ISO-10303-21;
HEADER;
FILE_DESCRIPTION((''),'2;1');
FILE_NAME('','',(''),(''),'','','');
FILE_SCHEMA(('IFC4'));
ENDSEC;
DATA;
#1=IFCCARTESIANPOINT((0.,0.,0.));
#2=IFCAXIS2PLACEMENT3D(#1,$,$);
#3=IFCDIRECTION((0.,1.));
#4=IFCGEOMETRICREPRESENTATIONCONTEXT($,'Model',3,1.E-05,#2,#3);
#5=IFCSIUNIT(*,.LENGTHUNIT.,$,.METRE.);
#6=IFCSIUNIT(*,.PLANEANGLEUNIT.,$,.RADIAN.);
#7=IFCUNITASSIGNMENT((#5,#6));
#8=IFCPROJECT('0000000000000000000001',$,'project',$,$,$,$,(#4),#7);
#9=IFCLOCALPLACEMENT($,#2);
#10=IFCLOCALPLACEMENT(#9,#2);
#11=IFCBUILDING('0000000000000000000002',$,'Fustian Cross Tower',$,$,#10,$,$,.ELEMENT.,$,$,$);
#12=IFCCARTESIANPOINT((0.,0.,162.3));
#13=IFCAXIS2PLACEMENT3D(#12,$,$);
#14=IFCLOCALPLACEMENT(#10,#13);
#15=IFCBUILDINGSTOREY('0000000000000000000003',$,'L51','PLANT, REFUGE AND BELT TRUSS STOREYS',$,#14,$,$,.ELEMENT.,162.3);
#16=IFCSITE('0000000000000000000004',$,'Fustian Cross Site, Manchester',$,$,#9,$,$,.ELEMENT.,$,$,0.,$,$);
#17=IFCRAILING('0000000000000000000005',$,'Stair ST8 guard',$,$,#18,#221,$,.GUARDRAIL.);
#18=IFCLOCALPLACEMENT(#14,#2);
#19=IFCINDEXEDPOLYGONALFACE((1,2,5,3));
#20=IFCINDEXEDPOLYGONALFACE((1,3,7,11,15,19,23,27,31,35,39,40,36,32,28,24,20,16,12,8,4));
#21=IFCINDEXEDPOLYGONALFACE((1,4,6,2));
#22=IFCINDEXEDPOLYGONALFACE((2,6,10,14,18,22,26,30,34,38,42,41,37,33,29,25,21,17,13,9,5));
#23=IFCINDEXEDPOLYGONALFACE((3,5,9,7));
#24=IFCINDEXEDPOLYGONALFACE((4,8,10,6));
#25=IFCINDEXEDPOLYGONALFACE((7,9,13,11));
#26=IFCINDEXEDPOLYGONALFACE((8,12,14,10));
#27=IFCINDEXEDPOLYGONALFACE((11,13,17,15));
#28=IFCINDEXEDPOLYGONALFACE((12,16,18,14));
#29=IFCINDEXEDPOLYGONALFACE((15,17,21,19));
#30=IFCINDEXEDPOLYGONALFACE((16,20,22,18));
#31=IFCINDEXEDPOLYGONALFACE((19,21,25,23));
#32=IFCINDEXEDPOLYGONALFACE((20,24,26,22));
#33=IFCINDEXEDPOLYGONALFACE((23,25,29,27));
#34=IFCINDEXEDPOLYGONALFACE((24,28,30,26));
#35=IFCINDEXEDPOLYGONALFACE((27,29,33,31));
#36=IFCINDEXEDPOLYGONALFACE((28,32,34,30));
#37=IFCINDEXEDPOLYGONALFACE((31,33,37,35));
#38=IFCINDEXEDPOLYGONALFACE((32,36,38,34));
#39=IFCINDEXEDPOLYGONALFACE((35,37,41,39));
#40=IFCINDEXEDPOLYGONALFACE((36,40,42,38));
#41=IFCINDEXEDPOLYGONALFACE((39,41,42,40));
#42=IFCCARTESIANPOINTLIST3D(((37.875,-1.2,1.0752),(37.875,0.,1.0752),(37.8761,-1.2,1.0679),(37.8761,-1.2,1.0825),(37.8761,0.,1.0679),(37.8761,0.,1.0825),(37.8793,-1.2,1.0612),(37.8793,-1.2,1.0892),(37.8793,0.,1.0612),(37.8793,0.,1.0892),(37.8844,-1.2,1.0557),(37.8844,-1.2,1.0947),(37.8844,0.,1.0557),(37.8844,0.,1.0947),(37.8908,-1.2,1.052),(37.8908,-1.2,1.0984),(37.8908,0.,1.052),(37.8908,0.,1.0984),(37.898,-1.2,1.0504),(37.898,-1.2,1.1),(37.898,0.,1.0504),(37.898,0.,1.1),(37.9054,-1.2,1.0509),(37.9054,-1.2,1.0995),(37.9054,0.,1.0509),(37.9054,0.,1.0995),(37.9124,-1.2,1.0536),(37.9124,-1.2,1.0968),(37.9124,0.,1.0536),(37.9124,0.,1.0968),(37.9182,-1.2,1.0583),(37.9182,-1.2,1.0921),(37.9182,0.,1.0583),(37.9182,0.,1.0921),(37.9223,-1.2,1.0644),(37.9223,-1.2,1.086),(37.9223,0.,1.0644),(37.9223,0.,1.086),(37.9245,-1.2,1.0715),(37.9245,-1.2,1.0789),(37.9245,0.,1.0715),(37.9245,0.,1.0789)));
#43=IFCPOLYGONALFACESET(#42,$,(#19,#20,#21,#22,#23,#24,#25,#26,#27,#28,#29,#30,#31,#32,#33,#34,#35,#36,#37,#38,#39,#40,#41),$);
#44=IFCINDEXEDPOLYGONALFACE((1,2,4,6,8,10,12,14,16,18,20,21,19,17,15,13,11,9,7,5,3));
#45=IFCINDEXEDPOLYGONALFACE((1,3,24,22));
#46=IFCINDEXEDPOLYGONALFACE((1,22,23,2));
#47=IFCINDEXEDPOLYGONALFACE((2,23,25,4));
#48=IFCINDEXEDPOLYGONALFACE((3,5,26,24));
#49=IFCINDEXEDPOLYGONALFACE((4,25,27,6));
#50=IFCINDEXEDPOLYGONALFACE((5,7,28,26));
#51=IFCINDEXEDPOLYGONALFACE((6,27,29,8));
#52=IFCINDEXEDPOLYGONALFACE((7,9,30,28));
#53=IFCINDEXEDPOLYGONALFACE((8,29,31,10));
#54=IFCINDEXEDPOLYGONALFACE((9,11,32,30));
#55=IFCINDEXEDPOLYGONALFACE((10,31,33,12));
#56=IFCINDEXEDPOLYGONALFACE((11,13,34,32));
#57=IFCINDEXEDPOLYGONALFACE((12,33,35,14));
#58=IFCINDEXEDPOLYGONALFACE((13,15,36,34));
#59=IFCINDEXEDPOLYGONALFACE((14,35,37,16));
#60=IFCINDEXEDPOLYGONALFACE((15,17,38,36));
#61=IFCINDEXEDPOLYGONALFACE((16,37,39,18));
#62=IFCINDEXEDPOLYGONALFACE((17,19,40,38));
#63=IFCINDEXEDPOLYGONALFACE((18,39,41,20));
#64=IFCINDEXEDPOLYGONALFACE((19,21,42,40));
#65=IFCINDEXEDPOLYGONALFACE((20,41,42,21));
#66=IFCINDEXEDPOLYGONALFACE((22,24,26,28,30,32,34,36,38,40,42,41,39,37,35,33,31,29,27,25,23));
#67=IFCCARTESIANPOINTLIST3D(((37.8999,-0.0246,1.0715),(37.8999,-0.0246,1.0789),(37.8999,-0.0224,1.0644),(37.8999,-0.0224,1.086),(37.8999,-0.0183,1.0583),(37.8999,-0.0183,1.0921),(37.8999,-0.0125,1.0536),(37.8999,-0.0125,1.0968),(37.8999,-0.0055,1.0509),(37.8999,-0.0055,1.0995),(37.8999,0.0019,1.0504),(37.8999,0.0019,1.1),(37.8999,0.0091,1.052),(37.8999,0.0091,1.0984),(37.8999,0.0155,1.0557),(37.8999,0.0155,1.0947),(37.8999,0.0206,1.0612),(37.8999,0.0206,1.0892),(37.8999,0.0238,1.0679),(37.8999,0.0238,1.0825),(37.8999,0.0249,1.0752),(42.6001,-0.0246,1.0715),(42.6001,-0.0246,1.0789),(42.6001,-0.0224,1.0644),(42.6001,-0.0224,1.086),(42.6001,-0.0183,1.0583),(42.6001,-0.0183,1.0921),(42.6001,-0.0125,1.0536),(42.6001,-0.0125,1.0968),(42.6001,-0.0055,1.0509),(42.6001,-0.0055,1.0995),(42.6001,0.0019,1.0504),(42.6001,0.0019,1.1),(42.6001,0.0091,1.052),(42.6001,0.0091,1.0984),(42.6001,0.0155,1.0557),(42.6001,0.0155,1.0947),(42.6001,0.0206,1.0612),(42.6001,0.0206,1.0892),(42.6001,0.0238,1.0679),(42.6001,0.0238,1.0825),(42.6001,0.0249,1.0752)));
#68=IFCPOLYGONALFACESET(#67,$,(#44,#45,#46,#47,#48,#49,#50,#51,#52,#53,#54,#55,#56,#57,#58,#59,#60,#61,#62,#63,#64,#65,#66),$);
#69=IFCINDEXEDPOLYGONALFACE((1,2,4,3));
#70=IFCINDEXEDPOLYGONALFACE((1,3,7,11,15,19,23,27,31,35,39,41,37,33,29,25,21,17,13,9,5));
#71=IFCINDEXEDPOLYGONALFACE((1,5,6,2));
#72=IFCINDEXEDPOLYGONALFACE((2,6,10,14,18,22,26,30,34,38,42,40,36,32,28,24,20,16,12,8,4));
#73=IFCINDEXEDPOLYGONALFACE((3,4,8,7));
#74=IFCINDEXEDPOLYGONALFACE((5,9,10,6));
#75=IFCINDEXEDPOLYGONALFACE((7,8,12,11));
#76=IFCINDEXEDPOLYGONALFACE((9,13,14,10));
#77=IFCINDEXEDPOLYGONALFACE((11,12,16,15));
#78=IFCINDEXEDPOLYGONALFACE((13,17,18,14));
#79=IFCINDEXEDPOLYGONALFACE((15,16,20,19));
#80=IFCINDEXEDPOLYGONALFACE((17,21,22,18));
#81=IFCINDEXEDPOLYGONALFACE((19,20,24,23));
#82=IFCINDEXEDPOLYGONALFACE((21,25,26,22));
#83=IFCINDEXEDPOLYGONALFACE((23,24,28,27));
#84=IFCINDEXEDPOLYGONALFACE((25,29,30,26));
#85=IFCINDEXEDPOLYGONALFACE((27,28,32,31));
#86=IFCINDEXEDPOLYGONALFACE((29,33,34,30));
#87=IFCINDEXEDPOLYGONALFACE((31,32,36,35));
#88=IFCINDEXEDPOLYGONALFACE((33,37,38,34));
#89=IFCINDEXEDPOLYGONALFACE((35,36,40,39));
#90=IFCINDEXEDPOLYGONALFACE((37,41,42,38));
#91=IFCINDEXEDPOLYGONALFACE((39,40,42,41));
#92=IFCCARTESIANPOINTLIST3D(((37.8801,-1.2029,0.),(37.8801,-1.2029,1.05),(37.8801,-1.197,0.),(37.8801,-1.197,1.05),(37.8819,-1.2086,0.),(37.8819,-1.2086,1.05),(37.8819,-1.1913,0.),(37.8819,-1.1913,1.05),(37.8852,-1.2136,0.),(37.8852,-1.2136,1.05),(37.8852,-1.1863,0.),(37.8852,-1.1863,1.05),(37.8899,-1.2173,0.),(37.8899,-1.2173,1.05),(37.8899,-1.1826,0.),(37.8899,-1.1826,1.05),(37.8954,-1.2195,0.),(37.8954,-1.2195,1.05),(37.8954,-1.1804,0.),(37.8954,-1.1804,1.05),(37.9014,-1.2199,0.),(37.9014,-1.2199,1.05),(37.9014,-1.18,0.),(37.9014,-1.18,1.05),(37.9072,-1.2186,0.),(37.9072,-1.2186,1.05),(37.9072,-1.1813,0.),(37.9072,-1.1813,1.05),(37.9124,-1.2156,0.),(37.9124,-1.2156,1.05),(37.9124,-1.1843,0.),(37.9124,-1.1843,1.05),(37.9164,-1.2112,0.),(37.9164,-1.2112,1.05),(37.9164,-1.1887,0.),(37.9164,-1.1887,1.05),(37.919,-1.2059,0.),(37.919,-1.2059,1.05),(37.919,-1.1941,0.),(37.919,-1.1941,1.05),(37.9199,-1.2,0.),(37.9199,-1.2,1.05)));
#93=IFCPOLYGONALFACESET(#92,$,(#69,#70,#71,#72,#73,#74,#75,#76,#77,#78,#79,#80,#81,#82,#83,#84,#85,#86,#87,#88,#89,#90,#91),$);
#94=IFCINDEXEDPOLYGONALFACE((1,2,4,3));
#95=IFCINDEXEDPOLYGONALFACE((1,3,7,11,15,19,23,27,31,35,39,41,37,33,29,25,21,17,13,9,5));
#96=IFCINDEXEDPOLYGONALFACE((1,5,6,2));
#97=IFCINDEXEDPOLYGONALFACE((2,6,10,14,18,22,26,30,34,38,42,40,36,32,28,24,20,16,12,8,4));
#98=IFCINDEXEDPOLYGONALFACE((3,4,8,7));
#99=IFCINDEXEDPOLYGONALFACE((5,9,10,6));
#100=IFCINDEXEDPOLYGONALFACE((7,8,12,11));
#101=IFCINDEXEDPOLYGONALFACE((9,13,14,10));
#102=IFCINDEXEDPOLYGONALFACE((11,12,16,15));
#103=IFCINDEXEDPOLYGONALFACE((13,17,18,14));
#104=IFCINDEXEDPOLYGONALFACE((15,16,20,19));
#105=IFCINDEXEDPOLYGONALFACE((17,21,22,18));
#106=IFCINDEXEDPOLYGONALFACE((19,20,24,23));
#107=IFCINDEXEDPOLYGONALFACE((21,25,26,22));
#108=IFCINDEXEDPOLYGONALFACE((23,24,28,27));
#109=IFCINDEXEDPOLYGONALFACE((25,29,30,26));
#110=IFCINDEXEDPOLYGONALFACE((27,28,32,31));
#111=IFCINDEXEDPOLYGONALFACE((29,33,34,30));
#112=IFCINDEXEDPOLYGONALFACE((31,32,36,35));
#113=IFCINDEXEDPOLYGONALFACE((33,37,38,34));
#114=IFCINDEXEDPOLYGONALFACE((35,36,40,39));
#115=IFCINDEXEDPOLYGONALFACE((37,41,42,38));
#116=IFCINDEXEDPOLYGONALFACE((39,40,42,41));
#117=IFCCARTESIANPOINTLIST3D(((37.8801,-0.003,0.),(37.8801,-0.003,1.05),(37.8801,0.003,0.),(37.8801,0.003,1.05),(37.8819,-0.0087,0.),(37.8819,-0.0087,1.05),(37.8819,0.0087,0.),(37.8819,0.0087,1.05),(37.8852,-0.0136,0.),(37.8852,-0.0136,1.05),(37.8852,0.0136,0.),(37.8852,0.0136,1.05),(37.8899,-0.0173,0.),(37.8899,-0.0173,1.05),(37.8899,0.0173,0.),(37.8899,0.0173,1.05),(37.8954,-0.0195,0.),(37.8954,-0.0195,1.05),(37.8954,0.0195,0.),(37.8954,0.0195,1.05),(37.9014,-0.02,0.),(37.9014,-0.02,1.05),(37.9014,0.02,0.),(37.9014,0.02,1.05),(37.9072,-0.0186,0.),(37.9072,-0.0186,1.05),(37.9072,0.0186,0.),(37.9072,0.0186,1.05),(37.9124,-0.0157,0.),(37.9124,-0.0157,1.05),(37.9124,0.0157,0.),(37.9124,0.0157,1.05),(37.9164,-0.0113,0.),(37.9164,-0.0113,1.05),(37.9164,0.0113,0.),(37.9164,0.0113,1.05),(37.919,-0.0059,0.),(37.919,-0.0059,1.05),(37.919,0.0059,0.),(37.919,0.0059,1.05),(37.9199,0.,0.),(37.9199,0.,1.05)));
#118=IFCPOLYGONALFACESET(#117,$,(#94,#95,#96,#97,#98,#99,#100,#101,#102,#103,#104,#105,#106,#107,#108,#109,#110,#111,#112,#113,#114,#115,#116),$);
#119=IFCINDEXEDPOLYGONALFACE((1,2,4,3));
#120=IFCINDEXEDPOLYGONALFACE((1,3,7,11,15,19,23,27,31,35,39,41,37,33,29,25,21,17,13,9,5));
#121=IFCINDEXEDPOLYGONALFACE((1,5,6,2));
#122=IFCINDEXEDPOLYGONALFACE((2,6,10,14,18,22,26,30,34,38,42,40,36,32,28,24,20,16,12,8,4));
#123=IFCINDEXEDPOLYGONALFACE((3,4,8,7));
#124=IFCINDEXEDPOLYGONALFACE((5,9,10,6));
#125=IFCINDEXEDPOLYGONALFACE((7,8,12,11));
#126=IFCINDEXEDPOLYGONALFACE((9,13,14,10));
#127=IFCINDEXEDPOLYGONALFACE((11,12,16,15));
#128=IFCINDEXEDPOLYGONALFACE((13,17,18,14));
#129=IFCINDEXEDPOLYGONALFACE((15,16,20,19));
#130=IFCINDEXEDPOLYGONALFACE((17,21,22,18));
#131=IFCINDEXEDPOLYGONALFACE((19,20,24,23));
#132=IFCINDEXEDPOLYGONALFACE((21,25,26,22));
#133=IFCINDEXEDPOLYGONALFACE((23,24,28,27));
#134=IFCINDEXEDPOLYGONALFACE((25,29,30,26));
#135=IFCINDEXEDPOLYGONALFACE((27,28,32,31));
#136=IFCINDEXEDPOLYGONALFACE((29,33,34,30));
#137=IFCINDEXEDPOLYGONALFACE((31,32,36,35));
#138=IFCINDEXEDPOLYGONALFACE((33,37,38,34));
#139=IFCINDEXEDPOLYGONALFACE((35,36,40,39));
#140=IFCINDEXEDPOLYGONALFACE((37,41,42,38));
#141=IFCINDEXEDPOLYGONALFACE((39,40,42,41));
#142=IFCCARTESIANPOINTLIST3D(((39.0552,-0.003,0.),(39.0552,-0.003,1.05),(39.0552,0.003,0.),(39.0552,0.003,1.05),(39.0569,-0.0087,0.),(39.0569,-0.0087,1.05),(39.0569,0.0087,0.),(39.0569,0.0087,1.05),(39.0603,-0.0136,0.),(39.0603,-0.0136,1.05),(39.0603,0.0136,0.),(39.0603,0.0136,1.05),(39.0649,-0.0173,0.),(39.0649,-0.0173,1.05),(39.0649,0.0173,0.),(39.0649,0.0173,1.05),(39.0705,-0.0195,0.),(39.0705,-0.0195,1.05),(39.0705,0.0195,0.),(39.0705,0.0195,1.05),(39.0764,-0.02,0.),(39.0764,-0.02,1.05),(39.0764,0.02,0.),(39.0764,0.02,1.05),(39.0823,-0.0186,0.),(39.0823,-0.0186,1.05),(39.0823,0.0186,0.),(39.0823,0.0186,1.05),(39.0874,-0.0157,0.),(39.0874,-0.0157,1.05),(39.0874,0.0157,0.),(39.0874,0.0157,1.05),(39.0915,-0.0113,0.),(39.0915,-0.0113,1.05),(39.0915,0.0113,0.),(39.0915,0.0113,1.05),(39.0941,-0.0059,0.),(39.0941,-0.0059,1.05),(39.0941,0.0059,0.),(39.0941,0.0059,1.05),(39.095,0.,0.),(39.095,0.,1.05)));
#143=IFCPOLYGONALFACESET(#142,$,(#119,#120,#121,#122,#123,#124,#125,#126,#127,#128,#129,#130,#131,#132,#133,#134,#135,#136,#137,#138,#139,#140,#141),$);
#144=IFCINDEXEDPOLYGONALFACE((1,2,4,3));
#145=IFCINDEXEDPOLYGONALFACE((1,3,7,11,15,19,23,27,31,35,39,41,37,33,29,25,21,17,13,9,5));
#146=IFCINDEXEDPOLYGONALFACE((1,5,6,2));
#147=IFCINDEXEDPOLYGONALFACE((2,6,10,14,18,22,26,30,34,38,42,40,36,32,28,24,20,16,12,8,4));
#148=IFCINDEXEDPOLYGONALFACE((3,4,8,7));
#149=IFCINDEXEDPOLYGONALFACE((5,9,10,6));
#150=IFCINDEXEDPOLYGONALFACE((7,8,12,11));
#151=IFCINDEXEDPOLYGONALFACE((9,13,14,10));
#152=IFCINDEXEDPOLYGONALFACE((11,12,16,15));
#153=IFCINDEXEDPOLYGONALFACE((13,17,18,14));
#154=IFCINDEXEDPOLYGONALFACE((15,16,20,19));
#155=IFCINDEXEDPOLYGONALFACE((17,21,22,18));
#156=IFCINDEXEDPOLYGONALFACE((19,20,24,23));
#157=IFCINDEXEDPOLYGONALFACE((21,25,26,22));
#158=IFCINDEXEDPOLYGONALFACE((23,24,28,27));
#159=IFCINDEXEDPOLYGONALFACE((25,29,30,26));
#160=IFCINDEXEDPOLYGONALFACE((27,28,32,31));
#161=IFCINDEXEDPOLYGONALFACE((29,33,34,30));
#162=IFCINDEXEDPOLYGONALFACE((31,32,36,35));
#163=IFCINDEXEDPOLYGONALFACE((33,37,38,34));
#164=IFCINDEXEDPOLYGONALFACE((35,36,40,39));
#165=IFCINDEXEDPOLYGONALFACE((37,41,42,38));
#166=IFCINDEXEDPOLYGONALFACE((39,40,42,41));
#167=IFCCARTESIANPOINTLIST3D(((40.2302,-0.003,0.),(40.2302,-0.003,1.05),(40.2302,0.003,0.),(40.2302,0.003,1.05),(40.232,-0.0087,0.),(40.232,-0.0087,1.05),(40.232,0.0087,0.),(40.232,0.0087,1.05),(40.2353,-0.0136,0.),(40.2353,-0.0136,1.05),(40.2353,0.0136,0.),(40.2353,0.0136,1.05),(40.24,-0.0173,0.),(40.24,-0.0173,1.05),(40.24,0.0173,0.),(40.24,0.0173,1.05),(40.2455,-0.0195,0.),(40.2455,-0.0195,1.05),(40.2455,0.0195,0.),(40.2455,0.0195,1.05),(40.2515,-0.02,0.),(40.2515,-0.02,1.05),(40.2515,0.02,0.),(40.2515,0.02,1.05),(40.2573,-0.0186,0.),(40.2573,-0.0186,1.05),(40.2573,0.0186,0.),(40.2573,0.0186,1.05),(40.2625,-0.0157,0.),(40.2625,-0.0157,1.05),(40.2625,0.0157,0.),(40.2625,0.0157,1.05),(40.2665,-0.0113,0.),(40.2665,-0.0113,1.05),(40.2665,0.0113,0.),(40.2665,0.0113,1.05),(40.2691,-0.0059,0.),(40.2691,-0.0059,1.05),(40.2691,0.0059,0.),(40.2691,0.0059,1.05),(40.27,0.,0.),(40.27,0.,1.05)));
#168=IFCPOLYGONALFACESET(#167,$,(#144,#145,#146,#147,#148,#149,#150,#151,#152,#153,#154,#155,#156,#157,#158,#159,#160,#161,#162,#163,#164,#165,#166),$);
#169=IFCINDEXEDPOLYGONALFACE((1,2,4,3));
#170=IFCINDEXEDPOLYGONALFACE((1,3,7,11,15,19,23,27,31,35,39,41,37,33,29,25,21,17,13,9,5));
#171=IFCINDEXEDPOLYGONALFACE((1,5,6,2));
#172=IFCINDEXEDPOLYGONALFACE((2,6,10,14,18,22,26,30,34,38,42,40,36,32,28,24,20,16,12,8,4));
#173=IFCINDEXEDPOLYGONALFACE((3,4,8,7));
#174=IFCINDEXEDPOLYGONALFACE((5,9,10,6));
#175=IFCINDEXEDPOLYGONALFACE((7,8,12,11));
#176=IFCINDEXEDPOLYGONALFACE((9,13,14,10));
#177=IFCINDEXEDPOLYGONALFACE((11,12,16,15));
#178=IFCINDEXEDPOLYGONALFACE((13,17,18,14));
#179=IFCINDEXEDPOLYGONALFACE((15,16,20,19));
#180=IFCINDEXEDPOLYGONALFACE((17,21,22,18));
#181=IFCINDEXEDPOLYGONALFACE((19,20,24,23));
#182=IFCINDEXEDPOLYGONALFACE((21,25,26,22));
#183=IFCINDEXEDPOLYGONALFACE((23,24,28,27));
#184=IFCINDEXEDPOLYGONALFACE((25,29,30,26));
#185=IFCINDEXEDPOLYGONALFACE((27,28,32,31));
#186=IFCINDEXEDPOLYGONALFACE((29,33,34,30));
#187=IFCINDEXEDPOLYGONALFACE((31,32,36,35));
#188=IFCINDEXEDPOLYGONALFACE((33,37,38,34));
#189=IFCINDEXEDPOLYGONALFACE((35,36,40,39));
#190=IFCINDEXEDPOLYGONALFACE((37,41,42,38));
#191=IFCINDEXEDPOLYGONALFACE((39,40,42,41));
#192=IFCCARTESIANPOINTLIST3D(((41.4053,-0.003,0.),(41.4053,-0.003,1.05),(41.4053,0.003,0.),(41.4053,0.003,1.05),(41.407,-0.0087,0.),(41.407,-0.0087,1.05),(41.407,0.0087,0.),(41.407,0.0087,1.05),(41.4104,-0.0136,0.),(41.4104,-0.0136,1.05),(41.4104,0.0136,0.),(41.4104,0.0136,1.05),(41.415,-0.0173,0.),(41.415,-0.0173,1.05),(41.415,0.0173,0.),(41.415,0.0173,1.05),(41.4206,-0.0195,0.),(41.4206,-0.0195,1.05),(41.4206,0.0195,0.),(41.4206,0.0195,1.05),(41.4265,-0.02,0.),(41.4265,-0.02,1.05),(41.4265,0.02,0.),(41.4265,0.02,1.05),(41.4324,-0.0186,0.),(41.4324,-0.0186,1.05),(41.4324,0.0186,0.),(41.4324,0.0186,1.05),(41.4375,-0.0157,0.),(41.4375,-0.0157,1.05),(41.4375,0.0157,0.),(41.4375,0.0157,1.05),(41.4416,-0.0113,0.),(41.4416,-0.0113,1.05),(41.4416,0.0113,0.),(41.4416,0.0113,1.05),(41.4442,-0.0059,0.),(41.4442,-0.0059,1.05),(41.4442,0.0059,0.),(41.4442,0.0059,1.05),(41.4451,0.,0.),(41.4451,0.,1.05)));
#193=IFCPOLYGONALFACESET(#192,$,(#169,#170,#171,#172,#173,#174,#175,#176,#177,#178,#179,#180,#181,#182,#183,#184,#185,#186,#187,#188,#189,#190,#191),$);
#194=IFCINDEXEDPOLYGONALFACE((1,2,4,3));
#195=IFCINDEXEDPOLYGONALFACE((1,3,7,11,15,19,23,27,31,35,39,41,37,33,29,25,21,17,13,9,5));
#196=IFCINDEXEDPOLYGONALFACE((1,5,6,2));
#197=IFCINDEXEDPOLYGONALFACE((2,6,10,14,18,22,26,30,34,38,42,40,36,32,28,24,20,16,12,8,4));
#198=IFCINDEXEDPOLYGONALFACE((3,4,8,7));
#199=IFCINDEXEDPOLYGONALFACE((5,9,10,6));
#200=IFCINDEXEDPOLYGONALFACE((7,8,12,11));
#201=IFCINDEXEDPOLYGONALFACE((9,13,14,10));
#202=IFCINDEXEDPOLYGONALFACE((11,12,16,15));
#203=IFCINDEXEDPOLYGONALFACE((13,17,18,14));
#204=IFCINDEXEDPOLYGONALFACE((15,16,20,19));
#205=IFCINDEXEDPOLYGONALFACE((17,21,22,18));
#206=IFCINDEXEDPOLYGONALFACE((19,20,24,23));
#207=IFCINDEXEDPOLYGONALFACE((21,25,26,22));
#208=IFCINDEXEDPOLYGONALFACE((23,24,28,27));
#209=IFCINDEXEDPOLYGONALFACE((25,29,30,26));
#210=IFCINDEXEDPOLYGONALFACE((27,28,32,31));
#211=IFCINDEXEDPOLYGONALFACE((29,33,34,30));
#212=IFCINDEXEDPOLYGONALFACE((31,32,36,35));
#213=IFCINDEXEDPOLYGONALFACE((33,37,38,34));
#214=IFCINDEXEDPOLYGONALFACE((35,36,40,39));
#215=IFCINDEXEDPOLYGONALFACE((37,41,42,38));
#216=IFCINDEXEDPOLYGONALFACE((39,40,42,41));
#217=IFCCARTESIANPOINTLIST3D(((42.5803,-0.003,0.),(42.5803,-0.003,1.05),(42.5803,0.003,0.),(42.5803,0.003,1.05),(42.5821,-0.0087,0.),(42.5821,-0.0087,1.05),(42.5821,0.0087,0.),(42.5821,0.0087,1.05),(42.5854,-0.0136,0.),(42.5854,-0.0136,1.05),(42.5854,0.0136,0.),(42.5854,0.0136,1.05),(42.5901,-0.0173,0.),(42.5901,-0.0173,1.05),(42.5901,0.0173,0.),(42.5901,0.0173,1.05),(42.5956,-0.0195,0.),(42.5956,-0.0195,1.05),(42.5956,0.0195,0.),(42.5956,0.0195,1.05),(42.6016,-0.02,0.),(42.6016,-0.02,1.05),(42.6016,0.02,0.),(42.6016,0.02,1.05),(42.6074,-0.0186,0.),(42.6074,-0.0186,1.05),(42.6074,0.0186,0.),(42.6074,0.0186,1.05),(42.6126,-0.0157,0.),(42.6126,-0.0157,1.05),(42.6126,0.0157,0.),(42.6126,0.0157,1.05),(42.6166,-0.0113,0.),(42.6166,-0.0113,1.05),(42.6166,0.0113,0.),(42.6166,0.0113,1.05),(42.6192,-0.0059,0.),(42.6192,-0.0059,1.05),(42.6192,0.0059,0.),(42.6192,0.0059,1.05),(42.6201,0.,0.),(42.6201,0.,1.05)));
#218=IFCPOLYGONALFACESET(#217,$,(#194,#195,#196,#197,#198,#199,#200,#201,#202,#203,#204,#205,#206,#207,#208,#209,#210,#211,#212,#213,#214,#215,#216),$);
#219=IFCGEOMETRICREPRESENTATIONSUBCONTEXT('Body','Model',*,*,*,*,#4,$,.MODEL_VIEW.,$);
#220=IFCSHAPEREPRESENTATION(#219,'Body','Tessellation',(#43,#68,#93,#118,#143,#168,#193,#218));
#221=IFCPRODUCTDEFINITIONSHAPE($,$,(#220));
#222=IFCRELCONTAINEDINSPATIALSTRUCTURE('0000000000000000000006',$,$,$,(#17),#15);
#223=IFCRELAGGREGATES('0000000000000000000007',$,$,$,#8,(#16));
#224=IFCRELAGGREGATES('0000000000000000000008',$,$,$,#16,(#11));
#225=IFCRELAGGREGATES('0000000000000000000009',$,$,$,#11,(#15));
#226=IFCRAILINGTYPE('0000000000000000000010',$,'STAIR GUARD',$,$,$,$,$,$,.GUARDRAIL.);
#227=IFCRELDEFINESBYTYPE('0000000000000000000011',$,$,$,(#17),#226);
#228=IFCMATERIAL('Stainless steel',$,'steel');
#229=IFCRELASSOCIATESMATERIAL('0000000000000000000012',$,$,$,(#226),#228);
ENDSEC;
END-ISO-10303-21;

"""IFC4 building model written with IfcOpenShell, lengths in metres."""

from ifc_helpers import new_model, si_unit, direction, frame, origin, origin_2d, place, context, subcontext, project, spatial, circle, extrude, material, type_object, element, save


model = new_model("IFC4")

# Units and contexts
model_context = context("Model", 3, precision=1e-05, world=origin(), true_north=direction((0.0, 1.0)))
body_context = subcontext(model_context, "Body", "Model", "MODEL_VIEW")
ifc_project = project(units=[si_unit("LENGTHUNIT", "METRE"), si_unit("PLANEANGLEUNIT", "RADIAN")], contexts=[model_context])

# Site, building, storey
site_placement = place(None, origin())
site = spatial("IfcSite", under=ifc_project, at=site_placement, Name="Fustian Cross Site, Manchester", CompositionType="ELEMENT", RefElevation=0.0)
building_placement = place(site_placement, origin())
building = spatial("IfcBuilding", under=site, at=building_placement, Name="Fustian Cross Tower", CompositionType="ELEMENT")
storey_placement = place(building_placement, frame((0.0, 0.0, 162.3)))
storey = spatial("IfcBuildingStorey", under=building, at=storey_placement, Name="L51", Description="PLANT, REFUGE AND BELT TRUSS STOREYS", CompositionType="ELEMENT", Elevation=162.3)

# Railing
ifc_material_1 = material(Name="Stainless steel", Category="steel")
railing_type = type_object("IfcRailingType", Name="STAIR GUARD", PredefinedType="GUARDRAIL", material=ifc_material_1)
railing_placement = place(storey_placement, frame((37.8999, -1.2, 0.0)))
element("IfcRailing", 1, at=railing_placement, inside=storey, type_object=railing_type, Name="Stair ST8 guard", PredefinedType="GUARDRAIL", context=body_context, shape_type="SweptSolid", body=[
    extrude(circle(Radius=0.0249, at=origin_2d()), frame((0.0, 0.0, 1.0752), z_axis=(0.0, 1.0, 0.0), x_axis=(-1.0, 0.0, 0.0)), (0.0, 0.0, 1.0), 1.2),
    extrude(circle(Radius=0.0249, at=origin_2d()), frame((0.0, 1.2, 1.0752), z_axis=(1.0, 0.0, 0.0), x_axis=(0.0, 1.0, 0.0)), (0.0, 0.0, 1.0), 4.7002),
    extrude(circle(Radius=0.02, at=origin_2d()), origin(), (0.0, 0.0, 1.0), 1.05),
    extrude(circle(Radius=0.02, at=origin_2d()), frame((0.0, 1.2, 0.0)), (0.0, 0.0, 1.0), 1.05),
    extrude(circle(Radius=0.02, at=origin_2d()), frame((1.175, 1.2, 0.0)), (0.0, 0.0, 1.0), 1.05),
    extrude(circle(Radius=0.02, at=origin_2d()), frame((2.3501, 1.2, 0.0)), (0.0, 0.0, 1.0), 1.05),
    extrude(circle(Radius=0.02, at=origin_2d()), frame((3.5251, 1.2, 0.0)), (0.0, 0.0, 1.0), 1.05),
    extrude(circle(Radius=0.02, at=origin_2d()), frame((4.7002, 1.2, 0.0)), (0.0, 0.0, 1.0), 1.05),
])

save(model, "model.ifc")
